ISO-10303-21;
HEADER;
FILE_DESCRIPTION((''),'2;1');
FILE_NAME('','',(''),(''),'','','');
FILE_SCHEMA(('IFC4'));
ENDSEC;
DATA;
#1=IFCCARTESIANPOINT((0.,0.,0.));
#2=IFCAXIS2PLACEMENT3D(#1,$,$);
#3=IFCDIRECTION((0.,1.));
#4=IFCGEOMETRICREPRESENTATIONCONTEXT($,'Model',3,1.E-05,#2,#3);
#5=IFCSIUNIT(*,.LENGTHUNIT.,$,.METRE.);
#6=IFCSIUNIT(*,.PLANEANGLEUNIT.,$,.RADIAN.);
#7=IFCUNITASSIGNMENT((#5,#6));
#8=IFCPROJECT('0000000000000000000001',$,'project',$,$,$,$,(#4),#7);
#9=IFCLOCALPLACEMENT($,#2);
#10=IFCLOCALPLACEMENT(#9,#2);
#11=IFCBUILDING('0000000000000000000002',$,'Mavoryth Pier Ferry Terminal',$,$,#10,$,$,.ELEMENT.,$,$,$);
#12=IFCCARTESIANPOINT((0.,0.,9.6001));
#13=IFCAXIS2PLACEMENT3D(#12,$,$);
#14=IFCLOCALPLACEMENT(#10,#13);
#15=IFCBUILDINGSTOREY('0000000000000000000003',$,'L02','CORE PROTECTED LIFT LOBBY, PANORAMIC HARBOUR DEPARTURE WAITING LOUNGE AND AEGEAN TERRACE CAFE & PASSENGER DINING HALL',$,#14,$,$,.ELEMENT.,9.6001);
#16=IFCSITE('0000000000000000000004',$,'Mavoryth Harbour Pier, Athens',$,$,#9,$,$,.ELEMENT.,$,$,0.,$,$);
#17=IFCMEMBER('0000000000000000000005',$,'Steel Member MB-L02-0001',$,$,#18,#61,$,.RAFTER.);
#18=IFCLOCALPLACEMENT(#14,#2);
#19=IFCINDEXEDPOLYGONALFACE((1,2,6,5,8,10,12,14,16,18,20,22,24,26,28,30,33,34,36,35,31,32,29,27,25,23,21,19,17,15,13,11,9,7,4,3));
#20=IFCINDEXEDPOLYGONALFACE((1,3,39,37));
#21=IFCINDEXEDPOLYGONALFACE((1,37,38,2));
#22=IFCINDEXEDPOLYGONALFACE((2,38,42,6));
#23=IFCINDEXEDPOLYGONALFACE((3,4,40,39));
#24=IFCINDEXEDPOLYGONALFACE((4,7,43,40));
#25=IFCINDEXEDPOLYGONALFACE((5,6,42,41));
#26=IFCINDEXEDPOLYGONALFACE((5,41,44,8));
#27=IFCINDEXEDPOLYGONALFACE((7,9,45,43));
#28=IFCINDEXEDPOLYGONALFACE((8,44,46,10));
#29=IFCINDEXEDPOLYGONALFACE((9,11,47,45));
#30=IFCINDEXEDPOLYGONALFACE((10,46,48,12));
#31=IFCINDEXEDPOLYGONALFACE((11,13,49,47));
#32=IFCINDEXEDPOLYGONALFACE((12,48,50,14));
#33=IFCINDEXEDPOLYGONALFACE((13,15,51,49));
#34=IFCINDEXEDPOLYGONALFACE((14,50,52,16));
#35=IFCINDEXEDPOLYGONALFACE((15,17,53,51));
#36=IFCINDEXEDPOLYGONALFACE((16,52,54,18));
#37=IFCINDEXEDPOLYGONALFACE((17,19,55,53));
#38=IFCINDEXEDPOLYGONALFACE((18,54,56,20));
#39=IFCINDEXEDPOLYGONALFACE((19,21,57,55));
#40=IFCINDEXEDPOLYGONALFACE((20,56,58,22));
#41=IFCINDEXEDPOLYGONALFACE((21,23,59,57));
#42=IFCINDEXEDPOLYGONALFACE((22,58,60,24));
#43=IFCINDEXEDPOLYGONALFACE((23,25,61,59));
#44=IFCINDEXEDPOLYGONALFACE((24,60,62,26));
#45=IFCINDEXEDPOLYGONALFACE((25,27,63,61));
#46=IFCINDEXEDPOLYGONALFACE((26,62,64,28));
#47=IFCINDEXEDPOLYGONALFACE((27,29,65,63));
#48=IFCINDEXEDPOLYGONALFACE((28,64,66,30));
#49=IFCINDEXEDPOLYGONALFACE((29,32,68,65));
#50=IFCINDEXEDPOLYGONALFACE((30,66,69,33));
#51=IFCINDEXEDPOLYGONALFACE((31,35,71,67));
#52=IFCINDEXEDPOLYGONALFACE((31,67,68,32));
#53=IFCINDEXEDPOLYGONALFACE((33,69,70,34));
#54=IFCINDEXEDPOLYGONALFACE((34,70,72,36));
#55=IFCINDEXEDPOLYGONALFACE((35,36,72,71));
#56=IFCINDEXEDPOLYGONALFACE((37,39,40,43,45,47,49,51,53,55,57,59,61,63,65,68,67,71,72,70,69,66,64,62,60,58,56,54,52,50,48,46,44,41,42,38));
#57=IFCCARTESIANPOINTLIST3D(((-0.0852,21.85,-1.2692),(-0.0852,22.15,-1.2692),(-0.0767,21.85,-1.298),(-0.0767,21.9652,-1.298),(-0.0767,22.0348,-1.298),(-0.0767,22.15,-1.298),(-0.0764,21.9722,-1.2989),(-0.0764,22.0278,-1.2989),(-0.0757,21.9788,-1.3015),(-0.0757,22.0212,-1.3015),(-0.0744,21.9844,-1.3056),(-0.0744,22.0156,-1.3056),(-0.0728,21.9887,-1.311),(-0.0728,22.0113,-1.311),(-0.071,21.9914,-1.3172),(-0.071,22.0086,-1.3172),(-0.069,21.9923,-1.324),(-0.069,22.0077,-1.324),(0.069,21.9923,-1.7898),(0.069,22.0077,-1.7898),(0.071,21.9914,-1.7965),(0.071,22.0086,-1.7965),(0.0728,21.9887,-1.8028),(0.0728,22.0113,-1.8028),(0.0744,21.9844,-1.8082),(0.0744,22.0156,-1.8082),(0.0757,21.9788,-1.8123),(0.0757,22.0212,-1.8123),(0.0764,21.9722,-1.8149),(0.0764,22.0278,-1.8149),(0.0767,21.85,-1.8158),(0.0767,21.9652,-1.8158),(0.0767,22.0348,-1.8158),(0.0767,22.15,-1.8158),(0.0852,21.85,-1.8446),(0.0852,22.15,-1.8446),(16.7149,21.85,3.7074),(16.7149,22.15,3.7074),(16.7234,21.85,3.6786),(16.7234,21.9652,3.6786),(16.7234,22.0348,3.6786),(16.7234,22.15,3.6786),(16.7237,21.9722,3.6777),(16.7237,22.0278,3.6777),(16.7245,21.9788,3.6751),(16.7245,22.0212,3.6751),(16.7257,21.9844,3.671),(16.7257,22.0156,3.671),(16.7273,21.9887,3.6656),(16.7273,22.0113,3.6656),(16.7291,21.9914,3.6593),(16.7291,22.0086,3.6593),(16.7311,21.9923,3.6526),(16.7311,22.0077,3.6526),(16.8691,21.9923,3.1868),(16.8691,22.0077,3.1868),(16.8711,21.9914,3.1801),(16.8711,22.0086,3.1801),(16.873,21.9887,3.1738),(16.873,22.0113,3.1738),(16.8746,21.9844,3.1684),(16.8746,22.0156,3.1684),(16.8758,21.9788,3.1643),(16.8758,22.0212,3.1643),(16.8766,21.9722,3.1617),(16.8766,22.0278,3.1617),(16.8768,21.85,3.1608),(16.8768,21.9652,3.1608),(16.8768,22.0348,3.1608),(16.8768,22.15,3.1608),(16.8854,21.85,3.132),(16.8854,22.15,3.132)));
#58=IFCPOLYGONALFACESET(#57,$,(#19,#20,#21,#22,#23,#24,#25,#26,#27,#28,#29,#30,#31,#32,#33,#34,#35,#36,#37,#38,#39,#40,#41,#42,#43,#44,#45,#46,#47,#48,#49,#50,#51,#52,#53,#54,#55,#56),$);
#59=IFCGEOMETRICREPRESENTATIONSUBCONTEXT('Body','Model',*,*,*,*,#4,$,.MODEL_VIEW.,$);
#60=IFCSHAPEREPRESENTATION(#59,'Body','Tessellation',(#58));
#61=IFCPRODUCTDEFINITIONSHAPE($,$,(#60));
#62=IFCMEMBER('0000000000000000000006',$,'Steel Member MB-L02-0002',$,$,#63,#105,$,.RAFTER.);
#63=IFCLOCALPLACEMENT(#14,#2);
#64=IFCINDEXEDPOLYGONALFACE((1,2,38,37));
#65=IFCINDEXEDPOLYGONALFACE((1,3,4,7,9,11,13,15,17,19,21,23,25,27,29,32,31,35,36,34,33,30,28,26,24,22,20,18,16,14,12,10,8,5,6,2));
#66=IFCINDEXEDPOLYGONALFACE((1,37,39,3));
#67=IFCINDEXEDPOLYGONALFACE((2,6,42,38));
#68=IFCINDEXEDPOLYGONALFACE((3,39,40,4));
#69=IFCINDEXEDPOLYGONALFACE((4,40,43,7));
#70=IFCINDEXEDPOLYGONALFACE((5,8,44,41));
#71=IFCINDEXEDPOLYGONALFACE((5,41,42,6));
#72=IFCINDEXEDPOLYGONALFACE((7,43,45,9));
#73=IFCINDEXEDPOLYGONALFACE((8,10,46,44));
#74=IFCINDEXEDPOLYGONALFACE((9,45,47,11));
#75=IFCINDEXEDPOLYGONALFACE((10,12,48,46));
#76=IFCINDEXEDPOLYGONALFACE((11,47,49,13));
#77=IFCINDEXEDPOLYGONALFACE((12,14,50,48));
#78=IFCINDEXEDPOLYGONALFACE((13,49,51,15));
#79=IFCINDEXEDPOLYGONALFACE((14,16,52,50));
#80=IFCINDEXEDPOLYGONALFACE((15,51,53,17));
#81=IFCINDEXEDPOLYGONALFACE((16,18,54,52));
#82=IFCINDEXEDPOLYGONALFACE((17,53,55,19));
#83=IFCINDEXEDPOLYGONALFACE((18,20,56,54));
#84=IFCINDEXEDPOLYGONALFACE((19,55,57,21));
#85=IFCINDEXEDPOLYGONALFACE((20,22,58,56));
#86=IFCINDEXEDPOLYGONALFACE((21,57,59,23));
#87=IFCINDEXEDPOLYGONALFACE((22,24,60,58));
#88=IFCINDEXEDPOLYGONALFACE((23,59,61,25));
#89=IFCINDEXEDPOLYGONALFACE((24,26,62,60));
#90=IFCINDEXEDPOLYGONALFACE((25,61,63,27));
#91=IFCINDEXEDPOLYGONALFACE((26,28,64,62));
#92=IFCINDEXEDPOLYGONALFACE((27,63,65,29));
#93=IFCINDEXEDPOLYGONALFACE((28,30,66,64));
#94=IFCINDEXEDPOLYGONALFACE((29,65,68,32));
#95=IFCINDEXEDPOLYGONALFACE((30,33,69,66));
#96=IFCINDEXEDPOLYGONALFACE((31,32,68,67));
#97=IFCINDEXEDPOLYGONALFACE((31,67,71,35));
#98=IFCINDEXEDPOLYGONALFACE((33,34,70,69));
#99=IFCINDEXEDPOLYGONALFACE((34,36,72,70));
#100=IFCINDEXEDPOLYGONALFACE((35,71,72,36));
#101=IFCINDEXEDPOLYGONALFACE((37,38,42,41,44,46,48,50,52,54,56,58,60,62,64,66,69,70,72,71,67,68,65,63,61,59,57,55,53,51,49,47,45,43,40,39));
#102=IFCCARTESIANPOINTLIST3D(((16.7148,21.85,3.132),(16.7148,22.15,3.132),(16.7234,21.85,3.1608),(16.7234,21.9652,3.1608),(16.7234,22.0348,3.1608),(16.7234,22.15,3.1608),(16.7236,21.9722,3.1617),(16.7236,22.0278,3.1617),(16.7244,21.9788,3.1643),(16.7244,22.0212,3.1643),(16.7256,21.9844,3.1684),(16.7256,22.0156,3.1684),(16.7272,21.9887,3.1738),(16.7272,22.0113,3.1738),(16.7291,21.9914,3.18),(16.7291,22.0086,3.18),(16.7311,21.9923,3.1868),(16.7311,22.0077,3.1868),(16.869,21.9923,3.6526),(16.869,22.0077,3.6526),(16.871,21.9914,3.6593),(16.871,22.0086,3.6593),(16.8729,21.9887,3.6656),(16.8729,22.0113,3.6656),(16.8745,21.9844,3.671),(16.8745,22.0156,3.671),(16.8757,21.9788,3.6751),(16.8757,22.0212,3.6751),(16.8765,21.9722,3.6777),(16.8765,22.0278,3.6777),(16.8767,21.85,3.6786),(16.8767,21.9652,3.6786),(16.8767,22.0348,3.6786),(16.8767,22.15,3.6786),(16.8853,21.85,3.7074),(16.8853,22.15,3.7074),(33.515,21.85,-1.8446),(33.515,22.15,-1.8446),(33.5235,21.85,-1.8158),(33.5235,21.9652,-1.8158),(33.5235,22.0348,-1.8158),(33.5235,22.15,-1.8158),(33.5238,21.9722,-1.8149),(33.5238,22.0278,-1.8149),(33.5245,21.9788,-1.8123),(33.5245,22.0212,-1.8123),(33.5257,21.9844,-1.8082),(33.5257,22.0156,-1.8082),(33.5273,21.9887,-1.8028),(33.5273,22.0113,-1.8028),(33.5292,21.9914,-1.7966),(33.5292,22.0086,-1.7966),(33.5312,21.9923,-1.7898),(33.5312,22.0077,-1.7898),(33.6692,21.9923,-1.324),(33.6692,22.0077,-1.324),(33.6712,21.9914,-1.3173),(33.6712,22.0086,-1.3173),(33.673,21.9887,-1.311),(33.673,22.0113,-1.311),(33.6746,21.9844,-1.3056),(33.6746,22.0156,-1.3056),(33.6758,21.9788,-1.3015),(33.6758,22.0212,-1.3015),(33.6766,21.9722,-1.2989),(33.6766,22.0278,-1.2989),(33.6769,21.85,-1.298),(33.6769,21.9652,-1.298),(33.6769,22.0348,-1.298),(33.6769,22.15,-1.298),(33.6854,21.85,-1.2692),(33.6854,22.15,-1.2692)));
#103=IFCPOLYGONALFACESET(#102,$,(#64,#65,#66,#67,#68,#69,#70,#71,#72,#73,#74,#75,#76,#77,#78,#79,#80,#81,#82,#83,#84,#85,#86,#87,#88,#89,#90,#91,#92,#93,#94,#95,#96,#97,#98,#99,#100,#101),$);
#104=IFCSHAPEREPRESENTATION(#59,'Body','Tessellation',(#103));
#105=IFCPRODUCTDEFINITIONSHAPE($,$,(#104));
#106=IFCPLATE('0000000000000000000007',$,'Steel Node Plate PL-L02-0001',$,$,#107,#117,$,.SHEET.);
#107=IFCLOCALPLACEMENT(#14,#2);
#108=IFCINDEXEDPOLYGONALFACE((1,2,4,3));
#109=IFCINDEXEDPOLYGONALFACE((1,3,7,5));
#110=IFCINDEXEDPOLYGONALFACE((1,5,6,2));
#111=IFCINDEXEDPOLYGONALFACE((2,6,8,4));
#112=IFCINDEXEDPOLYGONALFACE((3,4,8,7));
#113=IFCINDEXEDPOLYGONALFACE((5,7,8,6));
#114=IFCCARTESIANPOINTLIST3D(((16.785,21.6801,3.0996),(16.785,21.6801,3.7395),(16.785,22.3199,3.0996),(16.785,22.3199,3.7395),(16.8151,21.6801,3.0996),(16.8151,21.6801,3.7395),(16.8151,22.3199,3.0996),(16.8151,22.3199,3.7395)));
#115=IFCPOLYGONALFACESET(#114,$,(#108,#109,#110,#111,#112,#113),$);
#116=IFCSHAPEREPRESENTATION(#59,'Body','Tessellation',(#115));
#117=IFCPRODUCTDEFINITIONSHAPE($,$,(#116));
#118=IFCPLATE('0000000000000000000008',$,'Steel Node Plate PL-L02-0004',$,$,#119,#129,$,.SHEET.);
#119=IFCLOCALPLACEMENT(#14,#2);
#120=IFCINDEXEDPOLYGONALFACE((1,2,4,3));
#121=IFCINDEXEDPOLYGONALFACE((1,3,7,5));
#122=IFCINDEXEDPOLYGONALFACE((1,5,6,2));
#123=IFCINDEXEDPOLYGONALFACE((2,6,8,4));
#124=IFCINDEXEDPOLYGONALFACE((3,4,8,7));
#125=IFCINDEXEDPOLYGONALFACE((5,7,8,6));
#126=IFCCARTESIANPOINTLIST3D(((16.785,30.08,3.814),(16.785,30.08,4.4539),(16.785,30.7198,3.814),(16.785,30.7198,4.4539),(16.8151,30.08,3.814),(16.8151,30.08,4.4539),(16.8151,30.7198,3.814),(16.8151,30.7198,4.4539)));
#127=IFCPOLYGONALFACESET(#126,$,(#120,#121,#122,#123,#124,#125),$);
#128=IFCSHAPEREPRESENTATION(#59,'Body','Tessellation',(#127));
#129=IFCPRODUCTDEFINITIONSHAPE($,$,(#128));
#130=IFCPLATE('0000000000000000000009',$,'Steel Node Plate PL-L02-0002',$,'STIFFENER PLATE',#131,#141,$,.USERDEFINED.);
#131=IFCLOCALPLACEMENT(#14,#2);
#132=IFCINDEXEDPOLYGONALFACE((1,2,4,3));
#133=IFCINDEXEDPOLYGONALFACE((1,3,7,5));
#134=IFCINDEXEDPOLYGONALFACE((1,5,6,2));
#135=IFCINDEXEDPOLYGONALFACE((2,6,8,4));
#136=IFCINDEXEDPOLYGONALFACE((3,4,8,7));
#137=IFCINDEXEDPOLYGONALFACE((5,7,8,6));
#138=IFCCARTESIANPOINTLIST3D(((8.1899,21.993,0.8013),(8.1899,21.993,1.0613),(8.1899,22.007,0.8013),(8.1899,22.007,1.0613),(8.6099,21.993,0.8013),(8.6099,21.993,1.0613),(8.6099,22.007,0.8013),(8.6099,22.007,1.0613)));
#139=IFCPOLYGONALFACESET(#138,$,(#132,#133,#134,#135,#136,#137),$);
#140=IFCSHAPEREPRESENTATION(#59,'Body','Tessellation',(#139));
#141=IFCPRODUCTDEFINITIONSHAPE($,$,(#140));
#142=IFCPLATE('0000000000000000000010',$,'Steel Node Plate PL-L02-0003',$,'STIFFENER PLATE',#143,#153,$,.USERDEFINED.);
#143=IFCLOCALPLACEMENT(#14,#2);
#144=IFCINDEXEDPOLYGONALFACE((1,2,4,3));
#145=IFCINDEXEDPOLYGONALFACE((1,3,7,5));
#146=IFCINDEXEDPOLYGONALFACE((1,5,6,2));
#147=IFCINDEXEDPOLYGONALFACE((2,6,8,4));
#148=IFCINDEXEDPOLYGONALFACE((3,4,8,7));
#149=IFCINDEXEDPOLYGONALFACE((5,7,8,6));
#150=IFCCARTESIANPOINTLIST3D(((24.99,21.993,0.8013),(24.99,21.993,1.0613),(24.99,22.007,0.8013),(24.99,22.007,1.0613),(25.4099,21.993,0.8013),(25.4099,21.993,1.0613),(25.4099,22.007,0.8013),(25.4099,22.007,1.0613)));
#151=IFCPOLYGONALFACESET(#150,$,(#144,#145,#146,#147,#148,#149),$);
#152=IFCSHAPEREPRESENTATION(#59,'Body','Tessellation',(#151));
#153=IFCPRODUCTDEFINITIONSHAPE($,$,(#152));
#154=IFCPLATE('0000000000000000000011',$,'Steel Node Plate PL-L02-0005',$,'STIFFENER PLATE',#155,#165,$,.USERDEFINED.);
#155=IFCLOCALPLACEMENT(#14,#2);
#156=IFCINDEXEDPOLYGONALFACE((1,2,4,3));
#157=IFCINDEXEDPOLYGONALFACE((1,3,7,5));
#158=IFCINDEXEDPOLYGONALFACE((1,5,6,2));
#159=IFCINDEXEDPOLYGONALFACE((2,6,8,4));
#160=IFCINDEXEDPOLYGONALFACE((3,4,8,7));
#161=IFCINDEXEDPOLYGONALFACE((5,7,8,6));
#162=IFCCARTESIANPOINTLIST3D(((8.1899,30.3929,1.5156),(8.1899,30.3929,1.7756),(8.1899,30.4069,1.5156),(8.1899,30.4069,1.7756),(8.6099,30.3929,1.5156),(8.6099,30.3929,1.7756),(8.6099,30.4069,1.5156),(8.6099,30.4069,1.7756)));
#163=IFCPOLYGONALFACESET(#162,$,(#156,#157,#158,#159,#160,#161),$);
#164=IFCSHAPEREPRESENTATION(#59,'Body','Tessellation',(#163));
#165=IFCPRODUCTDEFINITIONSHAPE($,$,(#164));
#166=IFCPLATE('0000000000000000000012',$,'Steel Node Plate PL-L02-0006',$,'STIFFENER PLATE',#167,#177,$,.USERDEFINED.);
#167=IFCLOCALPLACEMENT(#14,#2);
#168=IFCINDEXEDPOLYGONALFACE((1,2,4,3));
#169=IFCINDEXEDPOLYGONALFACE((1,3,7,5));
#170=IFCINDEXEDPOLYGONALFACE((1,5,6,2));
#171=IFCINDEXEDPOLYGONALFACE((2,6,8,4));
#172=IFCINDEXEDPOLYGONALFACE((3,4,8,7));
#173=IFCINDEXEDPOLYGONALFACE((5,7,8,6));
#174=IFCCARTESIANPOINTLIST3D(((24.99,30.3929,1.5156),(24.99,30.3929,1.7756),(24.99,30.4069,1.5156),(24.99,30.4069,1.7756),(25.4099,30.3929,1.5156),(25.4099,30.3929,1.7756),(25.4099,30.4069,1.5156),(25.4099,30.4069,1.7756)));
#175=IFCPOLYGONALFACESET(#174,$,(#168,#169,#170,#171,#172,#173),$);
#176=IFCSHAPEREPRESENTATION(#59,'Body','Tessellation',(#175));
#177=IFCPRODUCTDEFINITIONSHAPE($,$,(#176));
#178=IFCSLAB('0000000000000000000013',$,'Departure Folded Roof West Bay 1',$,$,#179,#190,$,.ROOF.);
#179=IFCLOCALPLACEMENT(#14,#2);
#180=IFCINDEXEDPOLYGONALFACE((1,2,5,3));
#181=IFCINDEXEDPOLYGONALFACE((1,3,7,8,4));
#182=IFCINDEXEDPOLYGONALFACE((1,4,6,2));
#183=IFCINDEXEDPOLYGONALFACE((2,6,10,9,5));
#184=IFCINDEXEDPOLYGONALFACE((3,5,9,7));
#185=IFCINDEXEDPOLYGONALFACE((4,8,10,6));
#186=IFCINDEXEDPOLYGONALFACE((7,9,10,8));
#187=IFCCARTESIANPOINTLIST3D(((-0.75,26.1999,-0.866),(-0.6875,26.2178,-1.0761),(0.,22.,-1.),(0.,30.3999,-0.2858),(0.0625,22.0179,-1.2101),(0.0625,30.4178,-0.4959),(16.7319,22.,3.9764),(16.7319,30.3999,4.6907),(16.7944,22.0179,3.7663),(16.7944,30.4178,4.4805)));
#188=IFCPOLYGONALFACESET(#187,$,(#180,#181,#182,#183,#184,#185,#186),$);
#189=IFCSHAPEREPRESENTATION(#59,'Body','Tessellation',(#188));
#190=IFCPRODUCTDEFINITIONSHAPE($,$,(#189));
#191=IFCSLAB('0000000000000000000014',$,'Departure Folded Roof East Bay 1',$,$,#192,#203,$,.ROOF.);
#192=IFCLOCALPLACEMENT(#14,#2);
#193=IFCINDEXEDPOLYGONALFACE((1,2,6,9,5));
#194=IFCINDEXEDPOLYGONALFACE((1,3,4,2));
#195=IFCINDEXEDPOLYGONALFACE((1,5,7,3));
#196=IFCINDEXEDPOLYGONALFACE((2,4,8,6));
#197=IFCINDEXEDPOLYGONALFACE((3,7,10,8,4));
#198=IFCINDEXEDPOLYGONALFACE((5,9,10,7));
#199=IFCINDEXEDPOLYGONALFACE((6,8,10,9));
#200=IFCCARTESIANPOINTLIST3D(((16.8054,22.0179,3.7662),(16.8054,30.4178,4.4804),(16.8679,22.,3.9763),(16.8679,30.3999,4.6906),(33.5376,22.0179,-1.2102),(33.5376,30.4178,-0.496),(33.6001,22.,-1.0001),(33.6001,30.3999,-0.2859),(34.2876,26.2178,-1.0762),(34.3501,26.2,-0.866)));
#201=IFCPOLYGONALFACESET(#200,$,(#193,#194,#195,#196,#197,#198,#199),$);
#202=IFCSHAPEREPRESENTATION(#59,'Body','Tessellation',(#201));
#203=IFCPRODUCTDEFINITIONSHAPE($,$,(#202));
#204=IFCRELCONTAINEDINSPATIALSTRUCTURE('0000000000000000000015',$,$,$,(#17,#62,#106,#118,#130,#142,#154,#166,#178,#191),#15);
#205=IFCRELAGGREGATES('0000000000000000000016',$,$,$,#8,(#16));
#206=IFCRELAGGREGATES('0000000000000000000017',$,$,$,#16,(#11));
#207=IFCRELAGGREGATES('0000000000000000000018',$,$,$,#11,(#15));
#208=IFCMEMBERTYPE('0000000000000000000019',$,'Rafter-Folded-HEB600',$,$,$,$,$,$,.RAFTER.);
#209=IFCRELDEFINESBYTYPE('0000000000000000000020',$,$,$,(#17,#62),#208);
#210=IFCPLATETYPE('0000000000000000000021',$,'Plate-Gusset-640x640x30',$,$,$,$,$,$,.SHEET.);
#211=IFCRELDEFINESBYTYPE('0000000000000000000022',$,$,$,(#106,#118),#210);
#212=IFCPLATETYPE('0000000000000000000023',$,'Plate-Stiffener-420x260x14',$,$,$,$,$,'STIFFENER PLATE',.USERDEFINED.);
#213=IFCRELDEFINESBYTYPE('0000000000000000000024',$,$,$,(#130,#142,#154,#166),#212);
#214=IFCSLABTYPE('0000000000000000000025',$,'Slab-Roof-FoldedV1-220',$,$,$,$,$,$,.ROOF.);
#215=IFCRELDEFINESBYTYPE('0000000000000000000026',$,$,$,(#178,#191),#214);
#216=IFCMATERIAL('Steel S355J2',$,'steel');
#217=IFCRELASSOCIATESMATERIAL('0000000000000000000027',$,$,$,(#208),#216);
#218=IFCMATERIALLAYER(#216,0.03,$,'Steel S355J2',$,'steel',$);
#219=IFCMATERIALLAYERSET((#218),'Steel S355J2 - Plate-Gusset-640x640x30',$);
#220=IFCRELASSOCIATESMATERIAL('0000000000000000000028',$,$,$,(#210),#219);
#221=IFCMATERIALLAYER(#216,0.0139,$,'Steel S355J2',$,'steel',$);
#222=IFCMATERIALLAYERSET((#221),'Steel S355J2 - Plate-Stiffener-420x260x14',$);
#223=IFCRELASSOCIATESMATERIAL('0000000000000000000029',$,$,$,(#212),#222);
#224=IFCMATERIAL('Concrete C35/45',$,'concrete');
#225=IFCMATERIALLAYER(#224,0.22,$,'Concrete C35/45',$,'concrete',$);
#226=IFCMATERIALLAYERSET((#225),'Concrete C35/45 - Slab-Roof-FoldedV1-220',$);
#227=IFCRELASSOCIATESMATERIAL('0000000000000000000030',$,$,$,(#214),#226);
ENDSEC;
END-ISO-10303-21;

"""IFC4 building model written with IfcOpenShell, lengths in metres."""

from ifc_helpers import new_model, si_unit, direction, frame, origin, origin_2d, place, context, subcontext, project, spatial, polyline, rectangle, i_section, outline, extrude, material, layer, layer_set, material_profile, profile_set, type_object, element, save


model = new_model("IFC4")

# Units and contexts
model_context = context("Model", 3, precision=1e-05, world=origin(), true_north=direction((0.0, 1.0)))
body_context = subcontext(model_context, "Body", "Model", "MODEL_VIEW")
ifc_project = project(units=[si_unit("LENGTHUNIT", "METRE"), si_unit("PLANEANGLEUNIT", "RADIAN")], contexts=[model_context])

# Site, building, storey
site_placement = place(None, origin())
site = spatial("IfcSite", under=ifc_project, at=site_placement, Name="Mavoryth Harbour Pier, Athens", CompositionType="ELEMENT", RefElevation=0.0)
building_placement = place(site_placement, origin())
building = spatial("IfcBuilding", under=site, at=building_placement, Name="Mavoryth Pier Ferry Terminal", CompositionType="ELEMENT")
storey_placement = place(building_placement, frame((0.0, 0.0, 9.6001)))
storey = spatial("IfcBuildingStorey", under=building, at=storey_placement, Name="L02", Description="CORE PROTECTED LIFT LOBBY, PANORAMIC HARBOUR DEPARTURE WAITING LOUNGE AND AEGEAN TERRACE CAFE & PASSENGER DINING HALL", CompositionType="ELEMENT", Elevation=9.6001)

# Members
ifc_material_1 = material(Name="Steel S355J2", Category="steel")
ifc_material_profile_1 = material_profile(ifc_material_1, i_section(OverallWidth=0.3, OverallDepth=0.6001, WebThickness=0.0154, FlangeThickness=0.03, FilletRadius=0.0271, at=origin_2d()), Name="HEB 600", Category="steel")
ifc_profile_set_1 = profile_set([ifc_material_profile_1], Name="Steel S355J2 - HEB 600")
member_type_1 = type_object("IfcMemberType", Name="Rafter-Folded-HEB600", PredefinedType="RAFTER", material=ifc_profile_set_1)
for number, where, z_axis, x_axis, name in (
    (1, (0.0, 22.0, -1.5569), (0.958817, 0.0, 0.284024), (0.0, 1.0, 0.0), "Steel Member MB-L02-0001"),
    (2, (16.8, 22.0, 3.4197), (0.958817, 0.0, -0.284024), (0.0, 1.0, 0.0), "Steel Member MB-L02-0002"),
):
    element("IfcMember", number, at=place(storey_placement, frame(where, z_axis=z_axis, x_axis=x_axis)), inside=storey, type_object=member_type_1, Name=name, PredefinedType="RAFTER", context=body_context, shape_type="SweptSolid", body=[
        extrude(i_section(OverallWidth=0.3, OverallDepth=0.6001, WebThickness=0.0154, FlangeThickness=0.03, FilletRadius=0.0271, at=origin_2d()), origin(), (0.0, 0.0, 1.0), 17.5217),
    ])

# Plates
ifc_layer_1 = layer(ifc_material_1, 0.03, Name="Steel S355J2", Category="steel")
ifc_layer_set_1 = layer_set([ifc_layer_1], Name="Steel S355J2 - Plate-Gusset-640x640x30")
plate_type_1 = type_object("IfcPlateType", Name="Plate-Gusset-640x640x30", PredefinedType="SHEET", material=ifc_layer_set_1)
for number, where, z_axis, x_axis, name in (
    (3, (16.8, 22.0, 3.0996), (0.0, 0.0, 1.0), (0.0, 1.0, 0.0), "Steel Node Plate PL-L02-0001"),
    (4, (16.8, 30.3999, 3.814), (0.0, 0.0, 1.0), (0.0, 1.0, 0.0), "Steel Node Plate PL-L02-0004"),
):
    element("IfcPlate", number, at=place(storey_placement, frame(where, z_axis=z_axis, x_axis=x_axis)), inside=storey, type_object=plate_type_1, Name=name, PredefinedType="SHEET", context=body_context, shape_type="SweptSolid", body=[
        extrude(rectangle(XDim=0.6399, YDim=0.03, at=origin_2d()), origin(), (0.0, 0.0, 1.0), 0.6399),
    ])
ifc_layer_2 = layer(ifc_material_1, 0.0139, Name="Steel S355J2", Category="steel")
ifc_layer_set_2 = layer_set([ifc_layer_2], Name="Steel S355J2 - Plate-Stiffener-420x260x14")
plate_type_2 = type_object("IfcPlateType", Name="Plate-Stiffener-420x260x14", ElementType="STIFFENER PLATE", PredefinedType="USERDEFINED", material=ifc_layer_set_2)
for number, where, z_axis, x_axis, name in (
    (5, (8.3999, 22.0, 0.8013), (0.0, 0.0, 1.0), (1.0, 0.0, 0.0), "Steel Node Plate PL-L02-0002"),
    (6, (25.2, 22.0, 0.8013), (0.0, 0.0, 1.0), (1.0, 0.0, 0.0), "Steel Node Plate PL-L02-0003"),
    (7, (8.3999, 30.3999, 1.5156), (0.0, 0.0, 1.0), (1.0, 0.0, 0.0), "Steel Node Plate PL-L02-0005"),
    (8, (25.2, 30.3999, 1.5156), (0.0, 0.0, 1.0), (1.0, 0.0, 0.0), "Steel Node Plate PL-L02-0006"),
):
    element("IfcPlate", number, at=place(storey_placement, frame(where, z_axis=z_axis, x_axis=x_axis)), inside=storey, type_object=plate_type_2, Name=name, ObjectType="STIFFENER PLATE", PredefinedType="USERDEFINED", context=body_context, shape_type="SweptSolid", body=[
        extrude(rectangle(XDim=0.4199, YDim=0.0139, at=origin_2d()), origin(), (0.0, 0.0, 1.0), 0.26),
    ])

# Slabs
ifc_material_2 = material(Name="Concrete C35/45", Category="concrete")
ifc_layer_3 = layer(ifc_material_2, 0.22, Name="Concrete C35/45", Category="concrete")
ifc_layer_set_3 = layer_set([ifc_layer_3], Name="Concrete C35/45 - Slab-Roof-FoldedV1-220")
slab_type = type_object("IfcSlabType", Name="Slab-Roof-FoldedV1-220", PredefinedType="ROOF", material=ifc_layer_set_3)
slab_1_placement = place(storey_placement, frame((0.0, 22.0, -1.0), z_axis=(-0.284137, -0.081231, 0.955337), x_axis=(0.958504, 0.0, 0.285079)))
element("IfcSlab", 9, at=slab_1_placement, inside=storey, type_object=slab_type, Name="Departure Folded Roof West Bay 1", PredefinedType="ROOF", context=body_context, shape_type="SweptSolid", body=[
    extrude(outline(polyline([(0.0, 0.0), (17.4563, 0.0), (17.6599, 8.4278), (0.2036, 8.4277), (-0.6807, 4.2139), (0.0, 0.0)])), origin(), (0.0, 0.0, -1.0), 0.22),
])
slab_2_placement = place(storey_placement, frame((16.8679, 22.0, 3.9763), z_axis=(0.284133, -0.081231, 0.955338), x_axis=(0.958505, 0.0, -0.285075)))
element("IfcSlab", 10, at=slab_2_placement, inside=storey, type_object=slab_type, Name="Departure Folded Roof East Bay 1", PredefinedType="ROOF", context=body_context, shape_type="SweptSolid", body=[
    extrude(outline(polyline([(0.0, 0.0), (17.4565, 0.0), (18.1372, 4.2139), (17.2529, 8.4277), (-0.2036, 8.4278), (0.0, 0.0)])), origin(), (0.0, 0.0, -1.0), 0.22),
])

save(model, "model.ifc")
